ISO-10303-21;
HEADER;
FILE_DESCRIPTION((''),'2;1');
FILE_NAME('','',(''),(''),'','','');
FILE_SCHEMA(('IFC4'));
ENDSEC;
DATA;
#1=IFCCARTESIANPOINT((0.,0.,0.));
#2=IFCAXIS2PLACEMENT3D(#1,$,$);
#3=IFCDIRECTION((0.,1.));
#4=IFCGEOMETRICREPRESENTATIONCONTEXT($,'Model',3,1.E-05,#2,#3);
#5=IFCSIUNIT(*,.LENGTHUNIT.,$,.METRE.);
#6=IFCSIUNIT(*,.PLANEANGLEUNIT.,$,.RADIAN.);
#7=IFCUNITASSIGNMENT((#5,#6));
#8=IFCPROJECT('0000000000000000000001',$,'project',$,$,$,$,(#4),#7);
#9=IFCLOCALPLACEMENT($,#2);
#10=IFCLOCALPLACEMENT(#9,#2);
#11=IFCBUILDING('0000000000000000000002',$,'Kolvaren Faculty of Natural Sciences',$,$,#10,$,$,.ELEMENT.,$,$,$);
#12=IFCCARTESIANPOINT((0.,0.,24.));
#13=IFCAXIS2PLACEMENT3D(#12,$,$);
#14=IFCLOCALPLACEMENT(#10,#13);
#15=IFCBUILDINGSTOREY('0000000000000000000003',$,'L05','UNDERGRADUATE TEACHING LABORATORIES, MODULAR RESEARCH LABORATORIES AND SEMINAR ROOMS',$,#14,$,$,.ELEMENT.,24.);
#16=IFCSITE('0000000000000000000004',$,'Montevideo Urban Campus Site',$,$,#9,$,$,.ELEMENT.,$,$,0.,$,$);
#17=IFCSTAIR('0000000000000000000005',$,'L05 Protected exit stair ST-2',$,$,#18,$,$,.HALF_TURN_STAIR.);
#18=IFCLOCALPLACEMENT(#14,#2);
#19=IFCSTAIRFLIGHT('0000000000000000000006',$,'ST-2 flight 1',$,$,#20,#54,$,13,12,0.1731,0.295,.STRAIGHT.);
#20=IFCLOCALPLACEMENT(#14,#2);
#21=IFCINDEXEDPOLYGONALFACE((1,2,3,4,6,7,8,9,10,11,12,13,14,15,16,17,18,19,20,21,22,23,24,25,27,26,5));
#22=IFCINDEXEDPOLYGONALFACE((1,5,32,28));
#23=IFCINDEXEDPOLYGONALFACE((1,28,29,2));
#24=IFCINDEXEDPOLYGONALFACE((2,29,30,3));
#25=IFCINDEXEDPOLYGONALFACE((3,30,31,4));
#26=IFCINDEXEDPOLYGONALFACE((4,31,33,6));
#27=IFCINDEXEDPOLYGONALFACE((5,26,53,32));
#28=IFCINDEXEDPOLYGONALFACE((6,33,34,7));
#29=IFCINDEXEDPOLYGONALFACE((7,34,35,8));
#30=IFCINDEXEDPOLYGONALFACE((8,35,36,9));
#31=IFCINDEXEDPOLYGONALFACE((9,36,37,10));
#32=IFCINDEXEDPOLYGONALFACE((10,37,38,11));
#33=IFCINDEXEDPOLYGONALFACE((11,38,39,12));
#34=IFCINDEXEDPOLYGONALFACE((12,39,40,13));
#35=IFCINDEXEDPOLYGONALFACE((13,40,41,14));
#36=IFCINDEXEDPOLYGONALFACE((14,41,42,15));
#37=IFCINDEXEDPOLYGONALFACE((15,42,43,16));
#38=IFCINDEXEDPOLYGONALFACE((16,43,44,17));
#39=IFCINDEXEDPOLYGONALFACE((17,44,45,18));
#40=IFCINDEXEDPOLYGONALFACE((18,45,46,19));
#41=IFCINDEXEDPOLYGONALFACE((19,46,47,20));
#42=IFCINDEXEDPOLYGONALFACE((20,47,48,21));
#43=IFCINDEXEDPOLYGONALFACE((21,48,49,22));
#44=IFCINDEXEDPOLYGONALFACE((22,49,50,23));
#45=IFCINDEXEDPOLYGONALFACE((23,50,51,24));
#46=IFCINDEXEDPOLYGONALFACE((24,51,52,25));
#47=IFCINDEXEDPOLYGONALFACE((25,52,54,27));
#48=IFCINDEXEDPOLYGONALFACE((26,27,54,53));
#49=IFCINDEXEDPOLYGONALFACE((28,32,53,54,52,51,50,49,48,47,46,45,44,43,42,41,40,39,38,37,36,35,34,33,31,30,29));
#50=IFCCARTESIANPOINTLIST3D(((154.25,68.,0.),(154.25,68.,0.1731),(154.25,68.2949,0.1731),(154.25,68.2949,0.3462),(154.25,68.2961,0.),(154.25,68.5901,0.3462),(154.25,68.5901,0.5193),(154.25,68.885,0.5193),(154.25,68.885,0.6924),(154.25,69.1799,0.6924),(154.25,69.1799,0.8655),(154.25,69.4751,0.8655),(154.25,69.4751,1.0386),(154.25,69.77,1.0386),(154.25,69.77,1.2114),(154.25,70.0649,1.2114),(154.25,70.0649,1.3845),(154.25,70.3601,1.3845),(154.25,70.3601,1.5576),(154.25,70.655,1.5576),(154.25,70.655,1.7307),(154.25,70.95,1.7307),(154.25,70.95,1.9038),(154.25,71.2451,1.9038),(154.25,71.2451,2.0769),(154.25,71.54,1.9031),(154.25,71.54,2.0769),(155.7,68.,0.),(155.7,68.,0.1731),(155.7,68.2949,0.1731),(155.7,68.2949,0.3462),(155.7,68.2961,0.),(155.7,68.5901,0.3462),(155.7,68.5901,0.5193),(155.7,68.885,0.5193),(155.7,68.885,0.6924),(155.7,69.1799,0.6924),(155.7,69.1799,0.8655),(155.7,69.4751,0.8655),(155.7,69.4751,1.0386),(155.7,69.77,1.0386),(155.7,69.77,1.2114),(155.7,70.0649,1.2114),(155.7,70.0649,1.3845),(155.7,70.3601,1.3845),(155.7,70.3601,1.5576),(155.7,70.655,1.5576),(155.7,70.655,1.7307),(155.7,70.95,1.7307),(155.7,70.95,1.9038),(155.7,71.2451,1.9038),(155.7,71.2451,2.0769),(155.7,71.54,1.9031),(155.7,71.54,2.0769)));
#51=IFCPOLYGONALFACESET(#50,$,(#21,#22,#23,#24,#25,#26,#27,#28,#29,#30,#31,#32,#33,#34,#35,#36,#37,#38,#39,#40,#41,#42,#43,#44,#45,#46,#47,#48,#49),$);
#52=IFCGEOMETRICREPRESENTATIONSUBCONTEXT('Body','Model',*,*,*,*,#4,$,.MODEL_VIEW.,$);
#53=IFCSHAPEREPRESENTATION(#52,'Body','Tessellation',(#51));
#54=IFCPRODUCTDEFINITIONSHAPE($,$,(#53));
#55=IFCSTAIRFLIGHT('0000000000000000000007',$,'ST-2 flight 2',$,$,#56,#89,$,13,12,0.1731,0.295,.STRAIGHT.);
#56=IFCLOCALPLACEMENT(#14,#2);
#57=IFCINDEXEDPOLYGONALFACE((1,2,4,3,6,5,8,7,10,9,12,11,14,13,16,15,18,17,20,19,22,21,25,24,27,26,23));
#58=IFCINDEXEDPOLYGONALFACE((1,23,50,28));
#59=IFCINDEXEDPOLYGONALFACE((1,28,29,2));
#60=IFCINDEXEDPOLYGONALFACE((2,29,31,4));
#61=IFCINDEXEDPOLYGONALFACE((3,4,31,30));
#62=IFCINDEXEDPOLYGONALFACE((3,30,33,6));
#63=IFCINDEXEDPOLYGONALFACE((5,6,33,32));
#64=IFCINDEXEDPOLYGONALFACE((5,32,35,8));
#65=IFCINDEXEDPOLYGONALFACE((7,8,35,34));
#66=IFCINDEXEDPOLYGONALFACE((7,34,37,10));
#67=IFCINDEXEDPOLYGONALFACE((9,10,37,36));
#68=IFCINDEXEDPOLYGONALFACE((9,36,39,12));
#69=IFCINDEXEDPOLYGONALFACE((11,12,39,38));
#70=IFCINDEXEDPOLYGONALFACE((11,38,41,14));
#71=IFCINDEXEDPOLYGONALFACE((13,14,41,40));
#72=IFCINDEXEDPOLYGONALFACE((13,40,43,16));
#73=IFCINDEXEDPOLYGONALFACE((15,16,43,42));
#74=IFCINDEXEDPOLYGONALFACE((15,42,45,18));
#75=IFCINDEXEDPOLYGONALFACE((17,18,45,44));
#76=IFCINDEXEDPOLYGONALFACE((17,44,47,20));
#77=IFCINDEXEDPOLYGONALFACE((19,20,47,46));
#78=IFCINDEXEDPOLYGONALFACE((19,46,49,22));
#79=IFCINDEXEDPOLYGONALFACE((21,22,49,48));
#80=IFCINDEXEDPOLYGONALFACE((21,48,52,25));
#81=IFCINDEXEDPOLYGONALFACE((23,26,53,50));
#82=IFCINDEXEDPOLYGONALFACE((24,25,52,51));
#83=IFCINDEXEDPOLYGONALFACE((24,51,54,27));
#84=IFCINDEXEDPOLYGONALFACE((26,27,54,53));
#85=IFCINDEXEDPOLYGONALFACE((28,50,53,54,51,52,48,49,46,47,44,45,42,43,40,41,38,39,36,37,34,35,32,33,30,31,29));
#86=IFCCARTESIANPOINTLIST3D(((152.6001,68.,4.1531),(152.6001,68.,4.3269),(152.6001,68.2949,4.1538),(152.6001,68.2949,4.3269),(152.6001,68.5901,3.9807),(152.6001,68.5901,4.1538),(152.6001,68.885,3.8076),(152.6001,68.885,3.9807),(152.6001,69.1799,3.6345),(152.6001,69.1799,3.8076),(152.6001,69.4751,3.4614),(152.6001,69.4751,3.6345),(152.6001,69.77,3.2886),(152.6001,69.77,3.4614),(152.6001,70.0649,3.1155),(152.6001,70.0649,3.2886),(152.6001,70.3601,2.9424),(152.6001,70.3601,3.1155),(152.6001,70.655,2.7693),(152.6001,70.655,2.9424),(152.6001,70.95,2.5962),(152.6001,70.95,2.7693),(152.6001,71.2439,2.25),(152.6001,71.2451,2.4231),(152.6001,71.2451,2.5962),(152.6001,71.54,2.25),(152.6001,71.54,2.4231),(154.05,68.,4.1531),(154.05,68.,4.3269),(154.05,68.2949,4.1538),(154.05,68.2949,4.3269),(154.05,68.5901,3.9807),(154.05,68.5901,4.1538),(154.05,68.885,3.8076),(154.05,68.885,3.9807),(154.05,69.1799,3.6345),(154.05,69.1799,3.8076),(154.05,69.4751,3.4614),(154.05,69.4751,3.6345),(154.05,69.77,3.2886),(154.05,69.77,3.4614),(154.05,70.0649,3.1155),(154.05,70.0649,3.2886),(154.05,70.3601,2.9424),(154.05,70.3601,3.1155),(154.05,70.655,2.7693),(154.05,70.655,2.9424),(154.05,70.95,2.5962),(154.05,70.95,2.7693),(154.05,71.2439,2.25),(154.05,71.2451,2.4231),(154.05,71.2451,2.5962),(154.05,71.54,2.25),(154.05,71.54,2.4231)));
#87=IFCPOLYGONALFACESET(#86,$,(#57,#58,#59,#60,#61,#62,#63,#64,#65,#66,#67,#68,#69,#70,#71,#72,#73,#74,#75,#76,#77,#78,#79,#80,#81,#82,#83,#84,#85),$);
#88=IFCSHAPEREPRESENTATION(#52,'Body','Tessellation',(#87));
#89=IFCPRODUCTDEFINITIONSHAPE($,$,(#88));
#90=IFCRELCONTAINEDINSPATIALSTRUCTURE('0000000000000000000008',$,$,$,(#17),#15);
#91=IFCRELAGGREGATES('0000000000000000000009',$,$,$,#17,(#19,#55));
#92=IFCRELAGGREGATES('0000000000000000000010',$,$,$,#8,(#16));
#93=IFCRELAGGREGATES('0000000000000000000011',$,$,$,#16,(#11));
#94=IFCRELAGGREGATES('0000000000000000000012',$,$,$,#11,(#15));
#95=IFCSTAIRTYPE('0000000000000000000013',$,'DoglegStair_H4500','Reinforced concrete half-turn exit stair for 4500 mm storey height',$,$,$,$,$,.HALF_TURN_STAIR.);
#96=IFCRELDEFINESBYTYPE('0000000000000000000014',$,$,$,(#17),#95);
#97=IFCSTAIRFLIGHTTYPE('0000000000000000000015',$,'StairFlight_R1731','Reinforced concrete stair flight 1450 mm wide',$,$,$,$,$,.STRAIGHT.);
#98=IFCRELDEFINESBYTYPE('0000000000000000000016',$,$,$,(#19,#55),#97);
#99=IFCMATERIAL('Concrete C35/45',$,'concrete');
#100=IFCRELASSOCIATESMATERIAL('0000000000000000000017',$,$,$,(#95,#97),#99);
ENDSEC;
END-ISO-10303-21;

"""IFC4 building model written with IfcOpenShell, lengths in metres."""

from ifc_helpers import new_model, si_unit, direction, frame, origin, place, context, subcontext, project, spatial, polyline, outline, extrude, material, type_object, element, aggregate, save


model = new_model("IFC4")

# Units and contexts
model_context = context("Model", 3, precision=1e-05, world=origin(), true_north=direction((0.0, 1.0)))
body_context = subcontext(model_context, "Body", "Model", "MODEL_VIEW")
ifc_project = project(units=[si_unit("LENGTHUNIT", "METRE"), si_unit("PLANEANGLEUNIT", "RADIAN")], contexts=[model_context])

# Site, building, storey
site_placement = place(None, origin())
site = spatial("IfcSite", under=ifc_project, at=site_placement, Name="Montevideo Urban Campus Site", CompositionType="ELEMENT", RefElevation=0.0)
building_placement = place(site_placement, origin())
building = spatial("IfcBuilding", under=site, at=building_placement, Name="Kolvaren Faculty of Natural Sciences", CompositionType="ELEMENT")
storey_placement = place(building_placement, frame((0.0, 0.0, 24.0)))
storey = spatial("IfcBuildingStorey", under=building, at=storey_placement, Name="L05", Description="UNDERGRADUATE TEACHING LABORATORIES, MODULAR RESEARCH LABORATORIES AND SEMINAR ROOMS", CompositionType="ELEMENT", Elevation=24.0)

# Shared definitions
ifc_material_1 = material(Name="Concrete C35/45", Category="concrete")

# Stair, stair flights
stair_type = type_object("IfcStairType", Name="DoglegStair_H4500", Description="Reinforced concrete half-turn exit stair for 4500 mm storey height", PredefinedType="HALF_TURN_STAIR", material=ifc_material_1)
stair_placement = place(storey_placement, origin())
stair = element("IfcStair", 1, at=stair_placement, inside=storey, type_object=stair_type, Name="L05 Protected exit stair ST-2", PredefinedType="HALF_TURN_STAIR")
stair_flight_type = type_object("IfcStairFlightType", Name="StairFlight_R1731", Description="Reinforced concrete stair flight 1450 mm wide", PredefinedType="STRAIGHT", material=ifc_material_1)
stair_flight_1_placement = place(storey_placement, frame((154.9751, 68.0, 0.0), z_axis=(0.0, 0.0, 1.0), x_axis=(0.0, 1.0, 0.0)))
stair_flight_1 = element("IfcStairFlight", 2, at=stair_flight_1_placement, type_object=stair_flight_type, Name="ST-2 flight 1", NumberOfRisers=13, NumberOfTreads=12, PredefinedType="STRAIGHT", RiserHeight=0.1731, TreadLength=0.295, context=body_context, shape_type="SweptSolid", body=[
    extrude(outline(polyline([(0.0, 0.0), (0.0, 0.1731), (0.2949, 0.1731), (0.2949, 0.3462), (0.5901, 0.3462), (0.5901, 0.5193), (0.885, 0.5193), (0.885, 0.6924), (1.1799, 0.6924), (1.1799, 0.8655), (1.4751, 0.8655), (1.4751, 1.0386), (1.77, 1.0386), (1.77, 1.2114), (2.0649, 1.2114), (2.0649, 1.3845), (2.3601, 1.3845), (2.3601, 1.5576), (2.655, 1.5576), (2.655, 1.7307), (2.95, 1.7307), (2.95, 1.9038), (3.2451, 1.9038), (3.2451, 2.0769), (3.54, 2.0769), (3.54, 2.25), (3.54, 1.9031), (0.2961, 0.0), (0.0, 0.0)])), frame((0.0, 0.7251, 0.0), z_axis=(0.0, -1.0, 0.0), x_axis=(1.0, 0.0, 0.0)), (0.0, 0.0, 1.0), 1.45),
])
stair_flight_2_placement = place(storey_placement, frame((153.325, 71.54, 2.25), z_axis=(0.0, 0.0, 1.0), x_axis=(0.0, -1.0, 0.0)))
stair_flight_2 = element("IfcStairFlight", 3, at=stair_flight_2_placement, type_object=stair_flight_type, Name="ST-2 flight 2", NumberOfRisers=13, NumberOfTreads=12, PredefinedType="STRAIGHT", RiserHeight=0.1731, TreadLength=0.295, context=body_context, shape_type="SweptSolid", body=[
    extrude(outline(polyline([(0.0, 0.0), (0.0, 0.1731), (0.2949, 0.1731), (0.2949, 0.3462), (0.5901, 0.3462), (0.5901, 0.5193), (0.885, 0.5193), (0.885, 0.6924), (1.1799, 0.6924), (1.1799, 0.8655), (1.4751, 0.8655), (1.4751, 1.0386), (1.77, 1.0386), (1.77, 1.2114), (2.0649, 1.2114), (2.0649, 1.3845), (2.3601, 1.3845), (2.3601, 1.5576), (2.655, 1.5576), (2.655, 1.7307), (2.95, 1.7307), (2.95, 1.9038), (3.2451, 1.9038), (3.2451, 2.0769), (3.54, 2.0769), (3.54, 2.25), (3.54, 1.9031), (0.2961, 0.0), (0.0, 0.0)])), frame((0.0, 0.7251, 0.0), z_axis=(0.0, -1.0, 0.0), x_axis=(1.0, 0.0, 0.0)), (0.0, 0.0, 1.0), 1.45),
])
aggregate(stair, [stair_flight_1, stair_flight_2])

save(model, "model.ifc")
